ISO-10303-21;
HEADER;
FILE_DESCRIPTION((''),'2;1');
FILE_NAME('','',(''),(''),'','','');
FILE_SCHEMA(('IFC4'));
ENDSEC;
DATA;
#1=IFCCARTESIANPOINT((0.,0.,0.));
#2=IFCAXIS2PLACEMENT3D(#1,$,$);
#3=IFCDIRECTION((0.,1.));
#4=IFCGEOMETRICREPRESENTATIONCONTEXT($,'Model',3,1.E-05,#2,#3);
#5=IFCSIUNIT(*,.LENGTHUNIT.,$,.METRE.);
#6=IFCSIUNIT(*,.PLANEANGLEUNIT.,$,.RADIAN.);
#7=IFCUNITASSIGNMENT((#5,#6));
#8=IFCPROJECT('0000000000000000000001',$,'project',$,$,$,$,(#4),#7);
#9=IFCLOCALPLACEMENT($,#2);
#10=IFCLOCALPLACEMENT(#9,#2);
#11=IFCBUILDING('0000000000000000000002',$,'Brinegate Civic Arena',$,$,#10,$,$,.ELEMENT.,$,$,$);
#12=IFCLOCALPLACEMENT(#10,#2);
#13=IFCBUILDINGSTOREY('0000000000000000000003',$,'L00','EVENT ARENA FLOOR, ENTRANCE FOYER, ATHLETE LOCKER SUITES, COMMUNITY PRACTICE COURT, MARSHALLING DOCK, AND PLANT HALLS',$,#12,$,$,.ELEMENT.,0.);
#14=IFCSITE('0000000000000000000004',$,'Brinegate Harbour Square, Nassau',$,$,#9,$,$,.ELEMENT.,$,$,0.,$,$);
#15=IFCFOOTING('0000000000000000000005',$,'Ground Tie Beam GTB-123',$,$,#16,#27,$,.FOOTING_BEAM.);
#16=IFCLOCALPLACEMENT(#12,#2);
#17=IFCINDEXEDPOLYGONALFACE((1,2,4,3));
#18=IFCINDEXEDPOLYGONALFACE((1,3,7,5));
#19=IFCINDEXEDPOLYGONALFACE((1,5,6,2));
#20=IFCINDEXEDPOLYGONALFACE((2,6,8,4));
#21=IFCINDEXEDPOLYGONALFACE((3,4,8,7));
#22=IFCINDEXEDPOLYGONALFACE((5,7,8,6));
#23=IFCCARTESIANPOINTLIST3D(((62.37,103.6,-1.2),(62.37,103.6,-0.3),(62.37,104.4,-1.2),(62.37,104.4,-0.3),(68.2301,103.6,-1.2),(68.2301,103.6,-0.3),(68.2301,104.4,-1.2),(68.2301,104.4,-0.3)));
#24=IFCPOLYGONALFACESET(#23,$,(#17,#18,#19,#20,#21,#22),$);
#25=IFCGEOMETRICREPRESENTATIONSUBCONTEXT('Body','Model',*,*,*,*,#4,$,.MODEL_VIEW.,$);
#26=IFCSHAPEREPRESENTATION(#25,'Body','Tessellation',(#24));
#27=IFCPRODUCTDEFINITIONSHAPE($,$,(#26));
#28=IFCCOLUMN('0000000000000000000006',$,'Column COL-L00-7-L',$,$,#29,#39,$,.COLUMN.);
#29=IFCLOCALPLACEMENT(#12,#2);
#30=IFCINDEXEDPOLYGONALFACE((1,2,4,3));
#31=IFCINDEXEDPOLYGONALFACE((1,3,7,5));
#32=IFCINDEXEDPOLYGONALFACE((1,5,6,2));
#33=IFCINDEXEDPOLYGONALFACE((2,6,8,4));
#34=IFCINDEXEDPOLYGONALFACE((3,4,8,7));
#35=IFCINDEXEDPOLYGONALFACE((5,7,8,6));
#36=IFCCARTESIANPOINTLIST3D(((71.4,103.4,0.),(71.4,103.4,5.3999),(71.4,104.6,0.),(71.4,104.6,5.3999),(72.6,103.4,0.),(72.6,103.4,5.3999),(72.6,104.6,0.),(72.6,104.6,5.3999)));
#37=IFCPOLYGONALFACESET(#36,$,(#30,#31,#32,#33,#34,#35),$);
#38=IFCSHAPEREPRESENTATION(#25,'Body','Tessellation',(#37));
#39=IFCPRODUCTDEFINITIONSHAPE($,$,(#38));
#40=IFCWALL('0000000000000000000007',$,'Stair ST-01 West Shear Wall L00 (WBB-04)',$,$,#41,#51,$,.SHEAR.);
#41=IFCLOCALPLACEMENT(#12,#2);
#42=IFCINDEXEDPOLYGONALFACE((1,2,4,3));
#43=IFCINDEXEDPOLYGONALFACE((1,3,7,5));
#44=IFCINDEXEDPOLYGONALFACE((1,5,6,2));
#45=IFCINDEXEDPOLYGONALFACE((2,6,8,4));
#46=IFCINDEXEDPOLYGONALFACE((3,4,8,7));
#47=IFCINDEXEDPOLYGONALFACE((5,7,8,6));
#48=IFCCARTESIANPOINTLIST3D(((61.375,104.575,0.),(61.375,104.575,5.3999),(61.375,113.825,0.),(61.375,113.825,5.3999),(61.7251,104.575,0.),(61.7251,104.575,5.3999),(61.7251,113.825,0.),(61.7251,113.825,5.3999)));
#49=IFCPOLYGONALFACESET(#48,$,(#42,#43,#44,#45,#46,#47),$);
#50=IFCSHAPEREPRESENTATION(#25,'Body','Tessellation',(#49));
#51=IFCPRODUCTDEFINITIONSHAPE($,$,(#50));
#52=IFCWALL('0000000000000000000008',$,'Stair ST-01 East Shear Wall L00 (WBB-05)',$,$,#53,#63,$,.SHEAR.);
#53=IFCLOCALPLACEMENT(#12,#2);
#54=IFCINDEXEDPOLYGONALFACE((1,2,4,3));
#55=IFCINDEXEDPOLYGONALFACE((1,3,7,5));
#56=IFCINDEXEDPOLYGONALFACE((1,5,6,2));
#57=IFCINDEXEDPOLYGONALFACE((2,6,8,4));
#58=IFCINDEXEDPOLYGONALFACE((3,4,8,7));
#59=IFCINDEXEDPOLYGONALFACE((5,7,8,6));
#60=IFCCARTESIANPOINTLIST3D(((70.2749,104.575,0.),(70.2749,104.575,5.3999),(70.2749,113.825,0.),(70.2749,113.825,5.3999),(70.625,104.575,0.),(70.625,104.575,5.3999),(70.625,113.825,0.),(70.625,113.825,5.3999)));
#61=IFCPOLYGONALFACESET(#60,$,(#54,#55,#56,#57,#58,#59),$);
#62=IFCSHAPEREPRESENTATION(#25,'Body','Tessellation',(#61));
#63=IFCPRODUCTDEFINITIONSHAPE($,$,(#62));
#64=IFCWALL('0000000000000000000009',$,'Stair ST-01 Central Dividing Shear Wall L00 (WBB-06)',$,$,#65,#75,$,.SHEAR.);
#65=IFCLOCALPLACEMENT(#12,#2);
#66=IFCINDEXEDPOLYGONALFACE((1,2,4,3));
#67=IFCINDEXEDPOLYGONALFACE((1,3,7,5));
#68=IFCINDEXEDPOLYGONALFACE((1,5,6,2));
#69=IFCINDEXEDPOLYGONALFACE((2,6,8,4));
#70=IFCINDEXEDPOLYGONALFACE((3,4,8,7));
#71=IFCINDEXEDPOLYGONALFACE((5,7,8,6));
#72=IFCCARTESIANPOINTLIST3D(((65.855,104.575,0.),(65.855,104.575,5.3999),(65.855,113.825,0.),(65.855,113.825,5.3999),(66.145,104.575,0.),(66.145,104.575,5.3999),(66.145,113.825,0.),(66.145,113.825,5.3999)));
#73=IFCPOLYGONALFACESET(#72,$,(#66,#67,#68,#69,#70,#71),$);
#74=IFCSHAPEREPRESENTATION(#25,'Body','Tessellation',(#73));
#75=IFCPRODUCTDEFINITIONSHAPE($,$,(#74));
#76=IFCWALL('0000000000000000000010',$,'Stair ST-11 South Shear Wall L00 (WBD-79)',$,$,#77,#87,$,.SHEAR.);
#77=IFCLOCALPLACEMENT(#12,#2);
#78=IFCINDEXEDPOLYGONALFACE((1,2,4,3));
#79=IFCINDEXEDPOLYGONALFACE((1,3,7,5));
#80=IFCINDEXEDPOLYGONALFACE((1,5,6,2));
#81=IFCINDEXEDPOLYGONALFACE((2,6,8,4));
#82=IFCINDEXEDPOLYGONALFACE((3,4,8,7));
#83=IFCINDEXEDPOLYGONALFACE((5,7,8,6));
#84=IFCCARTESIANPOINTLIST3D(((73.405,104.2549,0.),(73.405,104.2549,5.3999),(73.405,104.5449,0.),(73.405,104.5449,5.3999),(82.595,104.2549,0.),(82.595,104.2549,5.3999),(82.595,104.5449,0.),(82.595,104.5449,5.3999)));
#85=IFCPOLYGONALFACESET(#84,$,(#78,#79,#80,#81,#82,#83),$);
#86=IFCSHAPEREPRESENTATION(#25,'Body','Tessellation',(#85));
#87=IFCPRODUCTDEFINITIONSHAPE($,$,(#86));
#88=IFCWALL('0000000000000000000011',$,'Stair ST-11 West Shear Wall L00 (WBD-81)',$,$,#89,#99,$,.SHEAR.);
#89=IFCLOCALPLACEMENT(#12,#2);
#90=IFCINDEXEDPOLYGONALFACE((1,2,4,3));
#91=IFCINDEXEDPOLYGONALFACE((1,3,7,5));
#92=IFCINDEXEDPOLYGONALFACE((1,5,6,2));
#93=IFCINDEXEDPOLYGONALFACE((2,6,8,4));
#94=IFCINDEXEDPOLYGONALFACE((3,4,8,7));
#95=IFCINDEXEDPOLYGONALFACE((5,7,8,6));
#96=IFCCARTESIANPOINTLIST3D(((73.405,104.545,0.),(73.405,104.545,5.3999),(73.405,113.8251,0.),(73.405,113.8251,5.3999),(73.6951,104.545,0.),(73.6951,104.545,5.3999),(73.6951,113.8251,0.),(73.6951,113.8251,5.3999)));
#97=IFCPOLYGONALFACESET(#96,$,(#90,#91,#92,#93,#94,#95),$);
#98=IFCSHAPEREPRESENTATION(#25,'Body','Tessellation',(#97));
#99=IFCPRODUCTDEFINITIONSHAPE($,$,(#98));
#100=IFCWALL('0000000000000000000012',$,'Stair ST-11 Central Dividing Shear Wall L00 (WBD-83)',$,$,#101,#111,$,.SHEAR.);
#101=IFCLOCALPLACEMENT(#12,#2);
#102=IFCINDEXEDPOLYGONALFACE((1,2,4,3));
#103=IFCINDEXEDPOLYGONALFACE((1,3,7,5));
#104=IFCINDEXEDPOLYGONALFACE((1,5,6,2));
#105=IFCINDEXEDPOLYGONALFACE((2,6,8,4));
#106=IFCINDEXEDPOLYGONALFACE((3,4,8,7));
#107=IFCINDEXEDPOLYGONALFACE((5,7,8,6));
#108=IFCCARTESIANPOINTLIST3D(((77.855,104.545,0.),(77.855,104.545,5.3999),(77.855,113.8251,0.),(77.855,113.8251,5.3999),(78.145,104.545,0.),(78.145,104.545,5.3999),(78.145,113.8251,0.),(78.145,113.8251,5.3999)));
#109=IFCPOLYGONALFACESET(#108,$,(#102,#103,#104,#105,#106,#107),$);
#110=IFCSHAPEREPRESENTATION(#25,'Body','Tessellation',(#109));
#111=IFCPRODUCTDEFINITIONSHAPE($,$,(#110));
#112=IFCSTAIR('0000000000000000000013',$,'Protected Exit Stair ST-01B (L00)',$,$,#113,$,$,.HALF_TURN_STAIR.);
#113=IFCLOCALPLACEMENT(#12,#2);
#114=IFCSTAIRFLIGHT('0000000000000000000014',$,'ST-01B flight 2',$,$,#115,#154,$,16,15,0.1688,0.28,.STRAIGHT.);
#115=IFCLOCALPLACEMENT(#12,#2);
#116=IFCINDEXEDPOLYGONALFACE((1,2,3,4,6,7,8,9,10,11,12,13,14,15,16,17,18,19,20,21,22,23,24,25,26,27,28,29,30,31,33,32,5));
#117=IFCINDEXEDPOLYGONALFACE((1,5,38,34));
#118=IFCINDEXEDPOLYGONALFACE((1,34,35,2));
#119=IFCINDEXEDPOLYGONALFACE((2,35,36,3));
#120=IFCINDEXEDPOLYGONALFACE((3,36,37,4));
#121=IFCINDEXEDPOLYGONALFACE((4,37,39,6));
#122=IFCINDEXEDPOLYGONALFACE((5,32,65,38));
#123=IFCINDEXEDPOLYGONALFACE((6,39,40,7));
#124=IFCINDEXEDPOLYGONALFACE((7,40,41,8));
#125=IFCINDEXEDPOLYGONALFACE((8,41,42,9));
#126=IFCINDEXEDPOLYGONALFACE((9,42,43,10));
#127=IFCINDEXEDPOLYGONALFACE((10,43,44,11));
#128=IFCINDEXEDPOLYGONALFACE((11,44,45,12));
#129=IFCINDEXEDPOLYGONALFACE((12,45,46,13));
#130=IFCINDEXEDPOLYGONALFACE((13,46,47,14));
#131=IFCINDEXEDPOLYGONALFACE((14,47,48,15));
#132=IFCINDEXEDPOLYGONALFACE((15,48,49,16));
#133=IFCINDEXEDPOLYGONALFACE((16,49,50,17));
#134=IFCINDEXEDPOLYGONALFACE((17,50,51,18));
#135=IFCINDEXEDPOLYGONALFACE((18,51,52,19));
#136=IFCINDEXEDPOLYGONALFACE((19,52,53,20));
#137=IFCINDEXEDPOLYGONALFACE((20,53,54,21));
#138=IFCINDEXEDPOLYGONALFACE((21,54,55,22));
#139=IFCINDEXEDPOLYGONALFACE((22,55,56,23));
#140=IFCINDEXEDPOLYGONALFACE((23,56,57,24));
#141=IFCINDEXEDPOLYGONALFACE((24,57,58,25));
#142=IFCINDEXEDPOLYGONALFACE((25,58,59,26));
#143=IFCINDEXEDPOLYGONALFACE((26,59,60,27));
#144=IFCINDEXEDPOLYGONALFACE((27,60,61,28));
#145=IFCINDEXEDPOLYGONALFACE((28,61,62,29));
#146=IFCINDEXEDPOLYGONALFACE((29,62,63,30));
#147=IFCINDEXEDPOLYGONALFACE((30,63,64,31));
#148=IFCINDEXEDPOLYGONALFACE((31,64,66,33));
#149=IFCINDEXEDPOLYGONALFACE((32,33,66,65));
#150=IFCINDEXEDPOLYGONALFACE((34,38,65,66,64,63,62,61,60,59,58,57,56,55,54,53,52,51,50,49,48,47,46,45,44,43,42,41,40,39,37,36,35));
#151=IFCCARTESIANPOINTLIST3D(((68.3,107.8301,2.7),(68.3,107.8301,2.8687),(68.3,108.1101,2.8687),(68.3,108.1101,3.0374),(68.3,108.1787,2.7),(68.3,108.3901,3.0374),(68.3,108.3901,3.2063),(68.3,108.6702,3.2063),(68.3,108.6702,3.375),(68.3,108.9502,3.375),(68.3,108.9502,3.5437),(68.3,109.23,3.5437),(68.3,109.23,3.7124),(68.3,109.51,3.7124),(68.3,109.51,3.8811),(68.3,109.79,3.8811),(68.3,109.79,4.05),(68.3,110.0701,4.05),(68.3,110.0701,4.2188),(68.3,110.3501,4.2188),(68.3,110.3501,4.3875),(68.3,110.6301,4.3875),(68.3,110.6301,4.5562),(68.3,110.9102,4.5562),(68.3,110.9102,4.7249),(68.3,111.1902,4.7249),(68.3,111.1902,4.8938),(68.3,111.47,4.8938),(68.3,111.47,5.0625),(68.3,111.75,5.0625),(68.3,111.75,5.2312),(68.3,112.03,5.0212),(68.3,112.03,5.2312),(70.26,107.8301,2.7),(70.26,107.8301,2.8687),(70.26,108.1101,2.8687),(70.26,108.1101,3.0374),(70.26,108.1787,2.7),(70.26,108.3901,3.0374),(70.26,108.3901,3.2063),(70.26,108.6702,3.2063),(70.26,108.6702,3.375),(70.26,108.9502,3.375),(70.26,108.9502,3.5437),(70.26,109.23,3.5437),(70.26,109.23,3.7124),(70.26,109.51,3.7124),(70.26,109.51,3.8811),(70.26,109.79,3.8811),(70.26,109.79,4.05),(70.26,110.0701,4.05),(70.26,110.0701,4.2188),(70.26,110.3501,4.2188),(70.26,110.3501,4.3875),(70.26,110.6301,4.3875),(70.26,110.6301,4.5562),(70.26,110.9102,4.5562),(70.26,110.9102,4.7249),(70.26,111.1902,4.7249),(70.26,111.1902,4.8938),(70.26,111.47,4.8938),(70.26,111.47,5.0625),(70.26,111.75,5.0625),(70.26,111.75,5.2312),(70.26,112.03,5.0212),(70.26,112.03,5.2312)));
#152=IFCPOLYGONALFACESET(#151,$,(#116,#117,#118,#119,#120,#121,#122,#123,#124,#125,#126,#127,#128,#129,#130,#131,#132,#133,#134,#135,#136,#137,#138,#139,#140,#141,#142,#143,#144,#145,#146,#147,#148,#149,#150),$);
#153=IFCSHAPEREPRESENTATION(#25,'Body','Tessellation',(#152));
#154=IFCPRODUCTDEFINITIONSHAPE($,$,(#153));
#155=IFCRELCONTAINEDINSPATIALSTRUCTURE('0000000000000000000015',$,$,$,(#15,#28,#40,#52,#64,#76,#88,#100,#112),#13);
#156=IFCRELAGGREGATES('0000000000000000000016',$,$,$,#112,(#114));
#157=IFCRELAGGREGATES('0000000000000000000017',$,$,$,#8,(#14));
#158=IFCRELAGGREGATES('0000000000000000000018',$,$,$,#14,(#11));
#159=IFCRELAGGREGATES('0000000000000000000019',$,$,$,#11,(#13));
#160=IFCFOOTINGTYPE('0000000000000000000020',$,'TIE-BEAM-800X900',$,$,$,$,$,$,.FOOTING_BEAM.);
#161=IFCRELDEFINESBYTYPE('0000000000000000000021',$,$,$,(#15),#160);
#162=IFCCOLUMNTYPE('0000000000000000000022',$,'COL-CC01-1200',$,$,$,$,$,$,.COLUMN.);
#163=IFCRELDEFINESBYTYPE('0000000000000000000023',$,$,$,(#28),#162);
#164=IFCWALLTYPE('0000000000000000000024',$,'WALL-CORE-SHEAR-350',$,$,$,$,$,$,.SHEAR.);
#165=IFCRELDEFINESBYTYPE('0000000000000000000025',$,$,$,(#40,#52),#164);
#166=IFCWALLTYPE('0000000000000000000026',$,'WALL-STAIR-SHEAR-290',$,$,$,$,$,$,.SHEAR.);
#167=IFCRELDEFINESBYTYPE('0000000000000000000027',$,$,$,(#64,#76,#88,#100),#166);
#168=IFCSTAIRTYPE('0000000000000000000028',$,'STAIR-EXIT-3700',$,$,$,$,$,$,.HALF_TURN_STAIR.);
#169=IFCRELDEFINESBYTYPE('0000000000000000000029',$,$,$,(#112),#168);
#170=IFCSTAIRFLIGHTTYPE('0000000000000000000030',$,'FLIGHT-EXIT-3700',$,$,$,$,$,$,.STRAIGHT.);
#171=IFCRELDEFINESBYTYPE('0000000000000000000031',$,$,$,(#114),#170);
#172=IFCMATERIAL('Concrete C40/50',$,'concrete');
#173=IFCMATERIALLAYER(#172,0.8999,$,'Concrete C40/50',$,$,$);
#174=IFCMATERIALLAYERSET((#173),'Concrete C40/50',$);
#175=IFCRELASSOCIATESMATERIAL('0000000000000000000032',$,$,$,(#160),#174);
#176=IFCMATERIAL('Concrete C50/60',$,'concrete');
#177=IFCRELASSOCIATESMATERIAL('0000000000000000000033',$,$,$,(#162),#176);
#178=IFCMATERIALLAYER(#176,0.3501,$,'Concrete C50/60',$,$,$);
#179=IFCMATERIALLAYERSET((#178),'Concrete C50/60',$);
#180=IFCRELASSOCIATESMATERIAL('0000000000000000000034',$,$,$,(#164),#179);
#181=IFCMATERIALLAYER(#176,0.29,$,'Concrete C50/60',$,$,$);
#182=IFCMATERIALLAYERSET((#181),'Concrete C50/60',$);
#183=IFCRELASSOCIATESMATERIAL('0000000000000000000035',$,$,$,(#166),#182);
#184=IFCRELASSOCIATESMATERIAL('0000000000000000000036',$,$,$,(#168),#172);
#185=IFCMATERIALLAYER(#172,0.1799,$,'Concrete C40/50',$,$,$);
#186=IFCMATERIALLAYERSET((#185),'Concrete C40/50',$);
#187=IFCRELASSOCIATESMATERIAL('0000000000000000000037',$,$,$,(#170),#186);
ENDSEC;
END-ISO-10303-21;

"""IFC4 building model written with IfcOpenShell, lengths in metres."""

from ifc_helpers import new_model, si_unit, direction, frame, frame_2d, origin, origin_2d, place, context, subcontext, project, spatial, polyline, rectangle, outline, extrude, material, layer, layer_set, material_profile, profile_set, type_object, element, aggregate, save


model = new_model("IFC4")

# Units and contexts
model_context = context("Model", 3, precision=1e-05, world=origin(), true_north=direction((0.0, 1.0)))
body_context = subcontext(model_context, "Body", "Model", "MODEL_VIEW")
ifc_project = project(units=[si_unit("LENGTHUNIT", "METRE"), si_unit("PLANEANGLEUNIT", "RADIAN")], contexts=[model_context])

# Site, building, storey
site_placement = place(None, origin())
site = spatial("IfcSite", under=ifc_project, at=site_placement, Name="Brinegate Harbour Square, Nassau", CompositionType="ELEMENT", RefElevation=0.0)
building_placement = place(site_placement, origin())
building = spatial("IfcBuilding", under=site, at=building_placement, Name="Brinegate Civic Arena", CompositionType="ELEMENT")
storey_placement = place(building_placement, origin())
storey = spatial("IfcBuildingStorey", under=building, at=storey_placement, Name="L00", Description="EVENT ARENA FLOOR, ENTRANCE FOYER, ATHLETE LOCKER SUITES, COMMUNITY PRACTICE COURT, MARSHALLING DOCK, AND PLANT HALLS", CompositionType="ELEMENT", Elevation=0.0)

# Shared definitions
ifc_material_1 = material(Name="Concrete C40/50", Category="concrete")

# Footing
ifc_layer_1 = layer(ifc_material_1, 0.8999, Name="Concrete C40/50")
ifc_layer_set_1 = layer_set([ifc_layer_1], Name="Concrete C40/50")
footing_type_1 = type_object("IfcFootingType", Name="TIE-BEAM-800X900", PredefinedType="FOOTING_BEAM", material=ifc_layer_set_1)
footing_1_placement = place(storey_placement, frame((65.3, 104.0, -1.2), z_axis=(0.0, 0.0, 1.0), x_axis=(1.0, 0.0, 0.0)))
element("IfcFooting", 1, at=footing_1_placement, inside=storey, type_object=footing_type_1, Name="Ground Tie Beam GTB-123", PredefinedType="FOOTING_BEAM", context=body_context, shape_type="SweptSolid", body=[
    extrude(rectangle(XDim=5.8601, YDim=0.8, at=origin_2d()), origin(), (0.0, 0.0, 1.0), 0.8999),
])

# Column
ifc_material_2 = material(Name="Concrete C50/60", Category="concrete")
ifc_material_profile_1 = material_profile(ifc_material_2, rectangle(XDim=1.2, YDim=1.2, at=origin_2d()), Name="RC1200X1200")
ifc_profile_set_1 = profile_set([ifc_material_profile_1], Name="Concrete C50/60")
column_type = type_object("IfcColumnType", Name="COL-CC01-1200", PredefinedType="COLUMN", material=ifc_profile_set_1)
column_placement = place(storey_placement, frame((72.0, 104.0, 0.0), z_axis=(0.0, 0.0, 1.0), x_axis=(1.0, 0.0, 0.0)))
element("IfcColumn", 2, at=column_placement, inside=storey, type_object=column_type, Name="Column COL-L00-7-L", PredefinedType="COLUMN", context=body_context, shape_type="SweptSolid", body=[
    extrude(rectangle(XDim=1.2, YDim=1.2, at=origin_2d()), origin(), (0.0, 0.0, 1.0), 5.3999),
])

# Walls
ifc_layer_2 = layer(ifc_material_2, 0.3501, Name="Concrete C50/60")
ifc_layer_set_2 = layer_set([ifc_layer_2], Name="Concrete C50/60")
wall_type_1 = type_object("IfcWallType", Name="WALL-CORE-SHEAR-350", PredefinedType="SHEAR", material=ifc_layer_set_2)
for number, where, z_axis, x_axis, name in (
    (3, (61.55, 104.575, 0.0), (0.0, 0.0, 1.0), (0.0, 1.0, 0.0), "Stair ST-01 West Shear Wall L00 (WBB-04)"),
    (4, (70.45, 104.575, 0.0), (0.0, 0.0, 1.0), (0.0, 1.0, 0.0), "Stair ST-01 East Shear Wall L00 (WBB-05)"),
):
    element("IfcWall", number, at=place(storey_placement, frame(where, z_axis=z_axis, x_axis=x_axis)), inside=storey, type_object=wall_type_1, Name=name, PredefinedType="SHEAR", context=body_context, shape_type="SweptSolid", body=[
        extrude(rectangle(XDim=9.25, YDim=0.3501, at=frame_2d((4.625, 0.0))), origin(), (0.0, 0.0, 1.0), 5.3999),
    ])
ifc_layer_3 = layer(ifc_material_2, 0.29, Name="Concrete C50/60")
ifc_layer_set_3 = layer_set([ifc_layer_3], Name="Concrete C50/60")
wall_type_2 = type_object("IfcWallType", Name="WALL-STAIR-SHEAR-290", PredefinedType="SHEAR", material=ifc_layer_set_3)
wall_1_placement = place(storey_placement, frame((66.0, 104.575, 0.0), z_axis=(0.0, 0.0, 1.0), x_axis=(0.0, 1.0, 0.0)))
element("IfcWall", 5, at=wall_1_placement, inside=storey, type_object=wall_type_2, Name="Stair ST-01 Central Dividing Shear Wall L00 (WBB-06)", PredefinedType="SHEAR", context=body_context, shape_type="SweptSolid", body=[
    extrude(rectangle(XDim=9.25, YDim=0.29, at=frame_2d((4.625, 0.0))), origin(), (0.0, 0.0, 1.0), 5.3999),
])
wall_2_placement = place(storey_placement, frame((73.405, 104.3999, 0.0), z_axis=(0.0, 0.0, 1.0), x_axis=(1.0, 0.0, 0.0)))
element("IfcWall", 6, at=wall_2_placement, inside=storey, type_object=wall_type_2, Name="Stair ST-11 South Shear Wall L00 (WBD-79)", PredefinedType="SHEAR", context=body_context, shape_type="SweptSolid", body=[
    extrude(rectangle(XDim=9.1899, YDim=0.29, at=frame_2d((4.595, 0.0))), origin(), (0.0, 0.0, 1.0), 5.3999),
])
for number, where, z_axis, x_axis, name in (
    (7, (73.55, 104.5449, 0.0), (0.0, 0.0, 1.0), (0.0, 1.0, 0.0), "Stair ST-11 West Shear Wall L00 (WBD-81)"),
    (8, (78.0, 104.5449, 0.0), (0.0, 0.0, 1.0), (0.0, 1.0, 0.0), "Stair ST-11 Central Dividing Shear Wall L00 (WBD-83)"),
):
    element("IfcWall", number, at=place(storey_placement, frame(where, z_axis=z_axis, x_axis=x_axis)), inside=storey, type_object=wall_type_2, Name=name, PredefinedType="SHEAR", context=body_context, shape_type="SweptSolid", body=[
        extrude(rectangle(XDim=9.28, YDim=0.29, at=frame_2d((4.6401, 0.0))), origin(), (0.0, 0.0, 1.0), 5.3999),
    ])

# Stair, stair flight
stair_type_1 = type_object("IfcStairType", Name="STAIR-EXIT-3700", PredefinedType="HALF_TURN_STAIR", material=ifc_material_1)
stair_1_placement = place(storey_placement, origin())
stair_1 = element("IfcStair", 9, at=stair_1_placement, inside=storey, type_object=stair_type_1, Name="Protected Exit Stair ST-01B (L00)", PredefinedType="HALF_TURN_STAIR")
ifc_layer_4 = layer(ifc_material_1, 0.1799, Name="Concrete C40/50")
ifc_layer_set_4 = layer_set([ifc_layer_4], Name="Concrete C40/50")
stair_flight_type_1 = type_object("IfcStairFlightType", Name="FLIGHT-EXIT-3700", PredefinedType="STRAIGHT", material=ifc_layer_set_4)
stair_flight_1_placement = place(storey_placement, frame((69.28, 107.8301, 2.7), z_axis=(0.0, 0.0, 1.0), x_axis=(0.0, 1.0, 0.0)))
stair_flight_1 = element("IfcStairFlight", 10, at=stair_flight_1_placement, type_object=stair_flight_type_1, Name="ST-01B flight 2", NumberOfRisers=16, NumberOfTreads=15, PredefinedType="STRAIGHT", RiserHeight=0.1688, TreadLength=0.28, context=body_context, shape_type="SweptSolid", body=[
    extrude(outline(polyline([(0.0, 0.0), (0.0, 0.1687), (0.28, 0.1687), (0.28, 0.3374), (0.5601, 0.3374), (0.5601, 0.5063), (0.8401, 0.5063), (0.8401, 0.675), (1.1201, 0.675), (1.1201, 0.8438), (1.3999, 0.8438), (1.3999, 1.0125), (1.6799, 1.0125), (1.6799, 1.1812), (1.96, 1.1812), (1.96, 1.3501), (2.24, 1.3501), (2.24, 1.5188), (2.52, 1.5188), (2.52, 1.6875), (2.8, 1.6875), (2.8, 1.8562), (3.0801, 1.8562), (3.0801, 2.0249), (3.3601, 2.0249), (3.3601, 2.1938), (3.6399, 2.1938), (3.6399, 2.3625), (3.9199, 2.3625), (3.9199, 2.5312), (4.2, 2.5312), (4.2, 2.7), (4.2, 2.3213), (0.3486, 0.0), (0.0, 0.0)])), frame((0.0, 0.98, 0.0), z_axis=(0.0, -1.0, 0.0), x_axis=(1.0, 0.0, 0.0)), (0.0, 0.0, 1.0), 1.96),
])
aggregate(stair_1, [stair_flight_1])

save(model, "model.ifc")
